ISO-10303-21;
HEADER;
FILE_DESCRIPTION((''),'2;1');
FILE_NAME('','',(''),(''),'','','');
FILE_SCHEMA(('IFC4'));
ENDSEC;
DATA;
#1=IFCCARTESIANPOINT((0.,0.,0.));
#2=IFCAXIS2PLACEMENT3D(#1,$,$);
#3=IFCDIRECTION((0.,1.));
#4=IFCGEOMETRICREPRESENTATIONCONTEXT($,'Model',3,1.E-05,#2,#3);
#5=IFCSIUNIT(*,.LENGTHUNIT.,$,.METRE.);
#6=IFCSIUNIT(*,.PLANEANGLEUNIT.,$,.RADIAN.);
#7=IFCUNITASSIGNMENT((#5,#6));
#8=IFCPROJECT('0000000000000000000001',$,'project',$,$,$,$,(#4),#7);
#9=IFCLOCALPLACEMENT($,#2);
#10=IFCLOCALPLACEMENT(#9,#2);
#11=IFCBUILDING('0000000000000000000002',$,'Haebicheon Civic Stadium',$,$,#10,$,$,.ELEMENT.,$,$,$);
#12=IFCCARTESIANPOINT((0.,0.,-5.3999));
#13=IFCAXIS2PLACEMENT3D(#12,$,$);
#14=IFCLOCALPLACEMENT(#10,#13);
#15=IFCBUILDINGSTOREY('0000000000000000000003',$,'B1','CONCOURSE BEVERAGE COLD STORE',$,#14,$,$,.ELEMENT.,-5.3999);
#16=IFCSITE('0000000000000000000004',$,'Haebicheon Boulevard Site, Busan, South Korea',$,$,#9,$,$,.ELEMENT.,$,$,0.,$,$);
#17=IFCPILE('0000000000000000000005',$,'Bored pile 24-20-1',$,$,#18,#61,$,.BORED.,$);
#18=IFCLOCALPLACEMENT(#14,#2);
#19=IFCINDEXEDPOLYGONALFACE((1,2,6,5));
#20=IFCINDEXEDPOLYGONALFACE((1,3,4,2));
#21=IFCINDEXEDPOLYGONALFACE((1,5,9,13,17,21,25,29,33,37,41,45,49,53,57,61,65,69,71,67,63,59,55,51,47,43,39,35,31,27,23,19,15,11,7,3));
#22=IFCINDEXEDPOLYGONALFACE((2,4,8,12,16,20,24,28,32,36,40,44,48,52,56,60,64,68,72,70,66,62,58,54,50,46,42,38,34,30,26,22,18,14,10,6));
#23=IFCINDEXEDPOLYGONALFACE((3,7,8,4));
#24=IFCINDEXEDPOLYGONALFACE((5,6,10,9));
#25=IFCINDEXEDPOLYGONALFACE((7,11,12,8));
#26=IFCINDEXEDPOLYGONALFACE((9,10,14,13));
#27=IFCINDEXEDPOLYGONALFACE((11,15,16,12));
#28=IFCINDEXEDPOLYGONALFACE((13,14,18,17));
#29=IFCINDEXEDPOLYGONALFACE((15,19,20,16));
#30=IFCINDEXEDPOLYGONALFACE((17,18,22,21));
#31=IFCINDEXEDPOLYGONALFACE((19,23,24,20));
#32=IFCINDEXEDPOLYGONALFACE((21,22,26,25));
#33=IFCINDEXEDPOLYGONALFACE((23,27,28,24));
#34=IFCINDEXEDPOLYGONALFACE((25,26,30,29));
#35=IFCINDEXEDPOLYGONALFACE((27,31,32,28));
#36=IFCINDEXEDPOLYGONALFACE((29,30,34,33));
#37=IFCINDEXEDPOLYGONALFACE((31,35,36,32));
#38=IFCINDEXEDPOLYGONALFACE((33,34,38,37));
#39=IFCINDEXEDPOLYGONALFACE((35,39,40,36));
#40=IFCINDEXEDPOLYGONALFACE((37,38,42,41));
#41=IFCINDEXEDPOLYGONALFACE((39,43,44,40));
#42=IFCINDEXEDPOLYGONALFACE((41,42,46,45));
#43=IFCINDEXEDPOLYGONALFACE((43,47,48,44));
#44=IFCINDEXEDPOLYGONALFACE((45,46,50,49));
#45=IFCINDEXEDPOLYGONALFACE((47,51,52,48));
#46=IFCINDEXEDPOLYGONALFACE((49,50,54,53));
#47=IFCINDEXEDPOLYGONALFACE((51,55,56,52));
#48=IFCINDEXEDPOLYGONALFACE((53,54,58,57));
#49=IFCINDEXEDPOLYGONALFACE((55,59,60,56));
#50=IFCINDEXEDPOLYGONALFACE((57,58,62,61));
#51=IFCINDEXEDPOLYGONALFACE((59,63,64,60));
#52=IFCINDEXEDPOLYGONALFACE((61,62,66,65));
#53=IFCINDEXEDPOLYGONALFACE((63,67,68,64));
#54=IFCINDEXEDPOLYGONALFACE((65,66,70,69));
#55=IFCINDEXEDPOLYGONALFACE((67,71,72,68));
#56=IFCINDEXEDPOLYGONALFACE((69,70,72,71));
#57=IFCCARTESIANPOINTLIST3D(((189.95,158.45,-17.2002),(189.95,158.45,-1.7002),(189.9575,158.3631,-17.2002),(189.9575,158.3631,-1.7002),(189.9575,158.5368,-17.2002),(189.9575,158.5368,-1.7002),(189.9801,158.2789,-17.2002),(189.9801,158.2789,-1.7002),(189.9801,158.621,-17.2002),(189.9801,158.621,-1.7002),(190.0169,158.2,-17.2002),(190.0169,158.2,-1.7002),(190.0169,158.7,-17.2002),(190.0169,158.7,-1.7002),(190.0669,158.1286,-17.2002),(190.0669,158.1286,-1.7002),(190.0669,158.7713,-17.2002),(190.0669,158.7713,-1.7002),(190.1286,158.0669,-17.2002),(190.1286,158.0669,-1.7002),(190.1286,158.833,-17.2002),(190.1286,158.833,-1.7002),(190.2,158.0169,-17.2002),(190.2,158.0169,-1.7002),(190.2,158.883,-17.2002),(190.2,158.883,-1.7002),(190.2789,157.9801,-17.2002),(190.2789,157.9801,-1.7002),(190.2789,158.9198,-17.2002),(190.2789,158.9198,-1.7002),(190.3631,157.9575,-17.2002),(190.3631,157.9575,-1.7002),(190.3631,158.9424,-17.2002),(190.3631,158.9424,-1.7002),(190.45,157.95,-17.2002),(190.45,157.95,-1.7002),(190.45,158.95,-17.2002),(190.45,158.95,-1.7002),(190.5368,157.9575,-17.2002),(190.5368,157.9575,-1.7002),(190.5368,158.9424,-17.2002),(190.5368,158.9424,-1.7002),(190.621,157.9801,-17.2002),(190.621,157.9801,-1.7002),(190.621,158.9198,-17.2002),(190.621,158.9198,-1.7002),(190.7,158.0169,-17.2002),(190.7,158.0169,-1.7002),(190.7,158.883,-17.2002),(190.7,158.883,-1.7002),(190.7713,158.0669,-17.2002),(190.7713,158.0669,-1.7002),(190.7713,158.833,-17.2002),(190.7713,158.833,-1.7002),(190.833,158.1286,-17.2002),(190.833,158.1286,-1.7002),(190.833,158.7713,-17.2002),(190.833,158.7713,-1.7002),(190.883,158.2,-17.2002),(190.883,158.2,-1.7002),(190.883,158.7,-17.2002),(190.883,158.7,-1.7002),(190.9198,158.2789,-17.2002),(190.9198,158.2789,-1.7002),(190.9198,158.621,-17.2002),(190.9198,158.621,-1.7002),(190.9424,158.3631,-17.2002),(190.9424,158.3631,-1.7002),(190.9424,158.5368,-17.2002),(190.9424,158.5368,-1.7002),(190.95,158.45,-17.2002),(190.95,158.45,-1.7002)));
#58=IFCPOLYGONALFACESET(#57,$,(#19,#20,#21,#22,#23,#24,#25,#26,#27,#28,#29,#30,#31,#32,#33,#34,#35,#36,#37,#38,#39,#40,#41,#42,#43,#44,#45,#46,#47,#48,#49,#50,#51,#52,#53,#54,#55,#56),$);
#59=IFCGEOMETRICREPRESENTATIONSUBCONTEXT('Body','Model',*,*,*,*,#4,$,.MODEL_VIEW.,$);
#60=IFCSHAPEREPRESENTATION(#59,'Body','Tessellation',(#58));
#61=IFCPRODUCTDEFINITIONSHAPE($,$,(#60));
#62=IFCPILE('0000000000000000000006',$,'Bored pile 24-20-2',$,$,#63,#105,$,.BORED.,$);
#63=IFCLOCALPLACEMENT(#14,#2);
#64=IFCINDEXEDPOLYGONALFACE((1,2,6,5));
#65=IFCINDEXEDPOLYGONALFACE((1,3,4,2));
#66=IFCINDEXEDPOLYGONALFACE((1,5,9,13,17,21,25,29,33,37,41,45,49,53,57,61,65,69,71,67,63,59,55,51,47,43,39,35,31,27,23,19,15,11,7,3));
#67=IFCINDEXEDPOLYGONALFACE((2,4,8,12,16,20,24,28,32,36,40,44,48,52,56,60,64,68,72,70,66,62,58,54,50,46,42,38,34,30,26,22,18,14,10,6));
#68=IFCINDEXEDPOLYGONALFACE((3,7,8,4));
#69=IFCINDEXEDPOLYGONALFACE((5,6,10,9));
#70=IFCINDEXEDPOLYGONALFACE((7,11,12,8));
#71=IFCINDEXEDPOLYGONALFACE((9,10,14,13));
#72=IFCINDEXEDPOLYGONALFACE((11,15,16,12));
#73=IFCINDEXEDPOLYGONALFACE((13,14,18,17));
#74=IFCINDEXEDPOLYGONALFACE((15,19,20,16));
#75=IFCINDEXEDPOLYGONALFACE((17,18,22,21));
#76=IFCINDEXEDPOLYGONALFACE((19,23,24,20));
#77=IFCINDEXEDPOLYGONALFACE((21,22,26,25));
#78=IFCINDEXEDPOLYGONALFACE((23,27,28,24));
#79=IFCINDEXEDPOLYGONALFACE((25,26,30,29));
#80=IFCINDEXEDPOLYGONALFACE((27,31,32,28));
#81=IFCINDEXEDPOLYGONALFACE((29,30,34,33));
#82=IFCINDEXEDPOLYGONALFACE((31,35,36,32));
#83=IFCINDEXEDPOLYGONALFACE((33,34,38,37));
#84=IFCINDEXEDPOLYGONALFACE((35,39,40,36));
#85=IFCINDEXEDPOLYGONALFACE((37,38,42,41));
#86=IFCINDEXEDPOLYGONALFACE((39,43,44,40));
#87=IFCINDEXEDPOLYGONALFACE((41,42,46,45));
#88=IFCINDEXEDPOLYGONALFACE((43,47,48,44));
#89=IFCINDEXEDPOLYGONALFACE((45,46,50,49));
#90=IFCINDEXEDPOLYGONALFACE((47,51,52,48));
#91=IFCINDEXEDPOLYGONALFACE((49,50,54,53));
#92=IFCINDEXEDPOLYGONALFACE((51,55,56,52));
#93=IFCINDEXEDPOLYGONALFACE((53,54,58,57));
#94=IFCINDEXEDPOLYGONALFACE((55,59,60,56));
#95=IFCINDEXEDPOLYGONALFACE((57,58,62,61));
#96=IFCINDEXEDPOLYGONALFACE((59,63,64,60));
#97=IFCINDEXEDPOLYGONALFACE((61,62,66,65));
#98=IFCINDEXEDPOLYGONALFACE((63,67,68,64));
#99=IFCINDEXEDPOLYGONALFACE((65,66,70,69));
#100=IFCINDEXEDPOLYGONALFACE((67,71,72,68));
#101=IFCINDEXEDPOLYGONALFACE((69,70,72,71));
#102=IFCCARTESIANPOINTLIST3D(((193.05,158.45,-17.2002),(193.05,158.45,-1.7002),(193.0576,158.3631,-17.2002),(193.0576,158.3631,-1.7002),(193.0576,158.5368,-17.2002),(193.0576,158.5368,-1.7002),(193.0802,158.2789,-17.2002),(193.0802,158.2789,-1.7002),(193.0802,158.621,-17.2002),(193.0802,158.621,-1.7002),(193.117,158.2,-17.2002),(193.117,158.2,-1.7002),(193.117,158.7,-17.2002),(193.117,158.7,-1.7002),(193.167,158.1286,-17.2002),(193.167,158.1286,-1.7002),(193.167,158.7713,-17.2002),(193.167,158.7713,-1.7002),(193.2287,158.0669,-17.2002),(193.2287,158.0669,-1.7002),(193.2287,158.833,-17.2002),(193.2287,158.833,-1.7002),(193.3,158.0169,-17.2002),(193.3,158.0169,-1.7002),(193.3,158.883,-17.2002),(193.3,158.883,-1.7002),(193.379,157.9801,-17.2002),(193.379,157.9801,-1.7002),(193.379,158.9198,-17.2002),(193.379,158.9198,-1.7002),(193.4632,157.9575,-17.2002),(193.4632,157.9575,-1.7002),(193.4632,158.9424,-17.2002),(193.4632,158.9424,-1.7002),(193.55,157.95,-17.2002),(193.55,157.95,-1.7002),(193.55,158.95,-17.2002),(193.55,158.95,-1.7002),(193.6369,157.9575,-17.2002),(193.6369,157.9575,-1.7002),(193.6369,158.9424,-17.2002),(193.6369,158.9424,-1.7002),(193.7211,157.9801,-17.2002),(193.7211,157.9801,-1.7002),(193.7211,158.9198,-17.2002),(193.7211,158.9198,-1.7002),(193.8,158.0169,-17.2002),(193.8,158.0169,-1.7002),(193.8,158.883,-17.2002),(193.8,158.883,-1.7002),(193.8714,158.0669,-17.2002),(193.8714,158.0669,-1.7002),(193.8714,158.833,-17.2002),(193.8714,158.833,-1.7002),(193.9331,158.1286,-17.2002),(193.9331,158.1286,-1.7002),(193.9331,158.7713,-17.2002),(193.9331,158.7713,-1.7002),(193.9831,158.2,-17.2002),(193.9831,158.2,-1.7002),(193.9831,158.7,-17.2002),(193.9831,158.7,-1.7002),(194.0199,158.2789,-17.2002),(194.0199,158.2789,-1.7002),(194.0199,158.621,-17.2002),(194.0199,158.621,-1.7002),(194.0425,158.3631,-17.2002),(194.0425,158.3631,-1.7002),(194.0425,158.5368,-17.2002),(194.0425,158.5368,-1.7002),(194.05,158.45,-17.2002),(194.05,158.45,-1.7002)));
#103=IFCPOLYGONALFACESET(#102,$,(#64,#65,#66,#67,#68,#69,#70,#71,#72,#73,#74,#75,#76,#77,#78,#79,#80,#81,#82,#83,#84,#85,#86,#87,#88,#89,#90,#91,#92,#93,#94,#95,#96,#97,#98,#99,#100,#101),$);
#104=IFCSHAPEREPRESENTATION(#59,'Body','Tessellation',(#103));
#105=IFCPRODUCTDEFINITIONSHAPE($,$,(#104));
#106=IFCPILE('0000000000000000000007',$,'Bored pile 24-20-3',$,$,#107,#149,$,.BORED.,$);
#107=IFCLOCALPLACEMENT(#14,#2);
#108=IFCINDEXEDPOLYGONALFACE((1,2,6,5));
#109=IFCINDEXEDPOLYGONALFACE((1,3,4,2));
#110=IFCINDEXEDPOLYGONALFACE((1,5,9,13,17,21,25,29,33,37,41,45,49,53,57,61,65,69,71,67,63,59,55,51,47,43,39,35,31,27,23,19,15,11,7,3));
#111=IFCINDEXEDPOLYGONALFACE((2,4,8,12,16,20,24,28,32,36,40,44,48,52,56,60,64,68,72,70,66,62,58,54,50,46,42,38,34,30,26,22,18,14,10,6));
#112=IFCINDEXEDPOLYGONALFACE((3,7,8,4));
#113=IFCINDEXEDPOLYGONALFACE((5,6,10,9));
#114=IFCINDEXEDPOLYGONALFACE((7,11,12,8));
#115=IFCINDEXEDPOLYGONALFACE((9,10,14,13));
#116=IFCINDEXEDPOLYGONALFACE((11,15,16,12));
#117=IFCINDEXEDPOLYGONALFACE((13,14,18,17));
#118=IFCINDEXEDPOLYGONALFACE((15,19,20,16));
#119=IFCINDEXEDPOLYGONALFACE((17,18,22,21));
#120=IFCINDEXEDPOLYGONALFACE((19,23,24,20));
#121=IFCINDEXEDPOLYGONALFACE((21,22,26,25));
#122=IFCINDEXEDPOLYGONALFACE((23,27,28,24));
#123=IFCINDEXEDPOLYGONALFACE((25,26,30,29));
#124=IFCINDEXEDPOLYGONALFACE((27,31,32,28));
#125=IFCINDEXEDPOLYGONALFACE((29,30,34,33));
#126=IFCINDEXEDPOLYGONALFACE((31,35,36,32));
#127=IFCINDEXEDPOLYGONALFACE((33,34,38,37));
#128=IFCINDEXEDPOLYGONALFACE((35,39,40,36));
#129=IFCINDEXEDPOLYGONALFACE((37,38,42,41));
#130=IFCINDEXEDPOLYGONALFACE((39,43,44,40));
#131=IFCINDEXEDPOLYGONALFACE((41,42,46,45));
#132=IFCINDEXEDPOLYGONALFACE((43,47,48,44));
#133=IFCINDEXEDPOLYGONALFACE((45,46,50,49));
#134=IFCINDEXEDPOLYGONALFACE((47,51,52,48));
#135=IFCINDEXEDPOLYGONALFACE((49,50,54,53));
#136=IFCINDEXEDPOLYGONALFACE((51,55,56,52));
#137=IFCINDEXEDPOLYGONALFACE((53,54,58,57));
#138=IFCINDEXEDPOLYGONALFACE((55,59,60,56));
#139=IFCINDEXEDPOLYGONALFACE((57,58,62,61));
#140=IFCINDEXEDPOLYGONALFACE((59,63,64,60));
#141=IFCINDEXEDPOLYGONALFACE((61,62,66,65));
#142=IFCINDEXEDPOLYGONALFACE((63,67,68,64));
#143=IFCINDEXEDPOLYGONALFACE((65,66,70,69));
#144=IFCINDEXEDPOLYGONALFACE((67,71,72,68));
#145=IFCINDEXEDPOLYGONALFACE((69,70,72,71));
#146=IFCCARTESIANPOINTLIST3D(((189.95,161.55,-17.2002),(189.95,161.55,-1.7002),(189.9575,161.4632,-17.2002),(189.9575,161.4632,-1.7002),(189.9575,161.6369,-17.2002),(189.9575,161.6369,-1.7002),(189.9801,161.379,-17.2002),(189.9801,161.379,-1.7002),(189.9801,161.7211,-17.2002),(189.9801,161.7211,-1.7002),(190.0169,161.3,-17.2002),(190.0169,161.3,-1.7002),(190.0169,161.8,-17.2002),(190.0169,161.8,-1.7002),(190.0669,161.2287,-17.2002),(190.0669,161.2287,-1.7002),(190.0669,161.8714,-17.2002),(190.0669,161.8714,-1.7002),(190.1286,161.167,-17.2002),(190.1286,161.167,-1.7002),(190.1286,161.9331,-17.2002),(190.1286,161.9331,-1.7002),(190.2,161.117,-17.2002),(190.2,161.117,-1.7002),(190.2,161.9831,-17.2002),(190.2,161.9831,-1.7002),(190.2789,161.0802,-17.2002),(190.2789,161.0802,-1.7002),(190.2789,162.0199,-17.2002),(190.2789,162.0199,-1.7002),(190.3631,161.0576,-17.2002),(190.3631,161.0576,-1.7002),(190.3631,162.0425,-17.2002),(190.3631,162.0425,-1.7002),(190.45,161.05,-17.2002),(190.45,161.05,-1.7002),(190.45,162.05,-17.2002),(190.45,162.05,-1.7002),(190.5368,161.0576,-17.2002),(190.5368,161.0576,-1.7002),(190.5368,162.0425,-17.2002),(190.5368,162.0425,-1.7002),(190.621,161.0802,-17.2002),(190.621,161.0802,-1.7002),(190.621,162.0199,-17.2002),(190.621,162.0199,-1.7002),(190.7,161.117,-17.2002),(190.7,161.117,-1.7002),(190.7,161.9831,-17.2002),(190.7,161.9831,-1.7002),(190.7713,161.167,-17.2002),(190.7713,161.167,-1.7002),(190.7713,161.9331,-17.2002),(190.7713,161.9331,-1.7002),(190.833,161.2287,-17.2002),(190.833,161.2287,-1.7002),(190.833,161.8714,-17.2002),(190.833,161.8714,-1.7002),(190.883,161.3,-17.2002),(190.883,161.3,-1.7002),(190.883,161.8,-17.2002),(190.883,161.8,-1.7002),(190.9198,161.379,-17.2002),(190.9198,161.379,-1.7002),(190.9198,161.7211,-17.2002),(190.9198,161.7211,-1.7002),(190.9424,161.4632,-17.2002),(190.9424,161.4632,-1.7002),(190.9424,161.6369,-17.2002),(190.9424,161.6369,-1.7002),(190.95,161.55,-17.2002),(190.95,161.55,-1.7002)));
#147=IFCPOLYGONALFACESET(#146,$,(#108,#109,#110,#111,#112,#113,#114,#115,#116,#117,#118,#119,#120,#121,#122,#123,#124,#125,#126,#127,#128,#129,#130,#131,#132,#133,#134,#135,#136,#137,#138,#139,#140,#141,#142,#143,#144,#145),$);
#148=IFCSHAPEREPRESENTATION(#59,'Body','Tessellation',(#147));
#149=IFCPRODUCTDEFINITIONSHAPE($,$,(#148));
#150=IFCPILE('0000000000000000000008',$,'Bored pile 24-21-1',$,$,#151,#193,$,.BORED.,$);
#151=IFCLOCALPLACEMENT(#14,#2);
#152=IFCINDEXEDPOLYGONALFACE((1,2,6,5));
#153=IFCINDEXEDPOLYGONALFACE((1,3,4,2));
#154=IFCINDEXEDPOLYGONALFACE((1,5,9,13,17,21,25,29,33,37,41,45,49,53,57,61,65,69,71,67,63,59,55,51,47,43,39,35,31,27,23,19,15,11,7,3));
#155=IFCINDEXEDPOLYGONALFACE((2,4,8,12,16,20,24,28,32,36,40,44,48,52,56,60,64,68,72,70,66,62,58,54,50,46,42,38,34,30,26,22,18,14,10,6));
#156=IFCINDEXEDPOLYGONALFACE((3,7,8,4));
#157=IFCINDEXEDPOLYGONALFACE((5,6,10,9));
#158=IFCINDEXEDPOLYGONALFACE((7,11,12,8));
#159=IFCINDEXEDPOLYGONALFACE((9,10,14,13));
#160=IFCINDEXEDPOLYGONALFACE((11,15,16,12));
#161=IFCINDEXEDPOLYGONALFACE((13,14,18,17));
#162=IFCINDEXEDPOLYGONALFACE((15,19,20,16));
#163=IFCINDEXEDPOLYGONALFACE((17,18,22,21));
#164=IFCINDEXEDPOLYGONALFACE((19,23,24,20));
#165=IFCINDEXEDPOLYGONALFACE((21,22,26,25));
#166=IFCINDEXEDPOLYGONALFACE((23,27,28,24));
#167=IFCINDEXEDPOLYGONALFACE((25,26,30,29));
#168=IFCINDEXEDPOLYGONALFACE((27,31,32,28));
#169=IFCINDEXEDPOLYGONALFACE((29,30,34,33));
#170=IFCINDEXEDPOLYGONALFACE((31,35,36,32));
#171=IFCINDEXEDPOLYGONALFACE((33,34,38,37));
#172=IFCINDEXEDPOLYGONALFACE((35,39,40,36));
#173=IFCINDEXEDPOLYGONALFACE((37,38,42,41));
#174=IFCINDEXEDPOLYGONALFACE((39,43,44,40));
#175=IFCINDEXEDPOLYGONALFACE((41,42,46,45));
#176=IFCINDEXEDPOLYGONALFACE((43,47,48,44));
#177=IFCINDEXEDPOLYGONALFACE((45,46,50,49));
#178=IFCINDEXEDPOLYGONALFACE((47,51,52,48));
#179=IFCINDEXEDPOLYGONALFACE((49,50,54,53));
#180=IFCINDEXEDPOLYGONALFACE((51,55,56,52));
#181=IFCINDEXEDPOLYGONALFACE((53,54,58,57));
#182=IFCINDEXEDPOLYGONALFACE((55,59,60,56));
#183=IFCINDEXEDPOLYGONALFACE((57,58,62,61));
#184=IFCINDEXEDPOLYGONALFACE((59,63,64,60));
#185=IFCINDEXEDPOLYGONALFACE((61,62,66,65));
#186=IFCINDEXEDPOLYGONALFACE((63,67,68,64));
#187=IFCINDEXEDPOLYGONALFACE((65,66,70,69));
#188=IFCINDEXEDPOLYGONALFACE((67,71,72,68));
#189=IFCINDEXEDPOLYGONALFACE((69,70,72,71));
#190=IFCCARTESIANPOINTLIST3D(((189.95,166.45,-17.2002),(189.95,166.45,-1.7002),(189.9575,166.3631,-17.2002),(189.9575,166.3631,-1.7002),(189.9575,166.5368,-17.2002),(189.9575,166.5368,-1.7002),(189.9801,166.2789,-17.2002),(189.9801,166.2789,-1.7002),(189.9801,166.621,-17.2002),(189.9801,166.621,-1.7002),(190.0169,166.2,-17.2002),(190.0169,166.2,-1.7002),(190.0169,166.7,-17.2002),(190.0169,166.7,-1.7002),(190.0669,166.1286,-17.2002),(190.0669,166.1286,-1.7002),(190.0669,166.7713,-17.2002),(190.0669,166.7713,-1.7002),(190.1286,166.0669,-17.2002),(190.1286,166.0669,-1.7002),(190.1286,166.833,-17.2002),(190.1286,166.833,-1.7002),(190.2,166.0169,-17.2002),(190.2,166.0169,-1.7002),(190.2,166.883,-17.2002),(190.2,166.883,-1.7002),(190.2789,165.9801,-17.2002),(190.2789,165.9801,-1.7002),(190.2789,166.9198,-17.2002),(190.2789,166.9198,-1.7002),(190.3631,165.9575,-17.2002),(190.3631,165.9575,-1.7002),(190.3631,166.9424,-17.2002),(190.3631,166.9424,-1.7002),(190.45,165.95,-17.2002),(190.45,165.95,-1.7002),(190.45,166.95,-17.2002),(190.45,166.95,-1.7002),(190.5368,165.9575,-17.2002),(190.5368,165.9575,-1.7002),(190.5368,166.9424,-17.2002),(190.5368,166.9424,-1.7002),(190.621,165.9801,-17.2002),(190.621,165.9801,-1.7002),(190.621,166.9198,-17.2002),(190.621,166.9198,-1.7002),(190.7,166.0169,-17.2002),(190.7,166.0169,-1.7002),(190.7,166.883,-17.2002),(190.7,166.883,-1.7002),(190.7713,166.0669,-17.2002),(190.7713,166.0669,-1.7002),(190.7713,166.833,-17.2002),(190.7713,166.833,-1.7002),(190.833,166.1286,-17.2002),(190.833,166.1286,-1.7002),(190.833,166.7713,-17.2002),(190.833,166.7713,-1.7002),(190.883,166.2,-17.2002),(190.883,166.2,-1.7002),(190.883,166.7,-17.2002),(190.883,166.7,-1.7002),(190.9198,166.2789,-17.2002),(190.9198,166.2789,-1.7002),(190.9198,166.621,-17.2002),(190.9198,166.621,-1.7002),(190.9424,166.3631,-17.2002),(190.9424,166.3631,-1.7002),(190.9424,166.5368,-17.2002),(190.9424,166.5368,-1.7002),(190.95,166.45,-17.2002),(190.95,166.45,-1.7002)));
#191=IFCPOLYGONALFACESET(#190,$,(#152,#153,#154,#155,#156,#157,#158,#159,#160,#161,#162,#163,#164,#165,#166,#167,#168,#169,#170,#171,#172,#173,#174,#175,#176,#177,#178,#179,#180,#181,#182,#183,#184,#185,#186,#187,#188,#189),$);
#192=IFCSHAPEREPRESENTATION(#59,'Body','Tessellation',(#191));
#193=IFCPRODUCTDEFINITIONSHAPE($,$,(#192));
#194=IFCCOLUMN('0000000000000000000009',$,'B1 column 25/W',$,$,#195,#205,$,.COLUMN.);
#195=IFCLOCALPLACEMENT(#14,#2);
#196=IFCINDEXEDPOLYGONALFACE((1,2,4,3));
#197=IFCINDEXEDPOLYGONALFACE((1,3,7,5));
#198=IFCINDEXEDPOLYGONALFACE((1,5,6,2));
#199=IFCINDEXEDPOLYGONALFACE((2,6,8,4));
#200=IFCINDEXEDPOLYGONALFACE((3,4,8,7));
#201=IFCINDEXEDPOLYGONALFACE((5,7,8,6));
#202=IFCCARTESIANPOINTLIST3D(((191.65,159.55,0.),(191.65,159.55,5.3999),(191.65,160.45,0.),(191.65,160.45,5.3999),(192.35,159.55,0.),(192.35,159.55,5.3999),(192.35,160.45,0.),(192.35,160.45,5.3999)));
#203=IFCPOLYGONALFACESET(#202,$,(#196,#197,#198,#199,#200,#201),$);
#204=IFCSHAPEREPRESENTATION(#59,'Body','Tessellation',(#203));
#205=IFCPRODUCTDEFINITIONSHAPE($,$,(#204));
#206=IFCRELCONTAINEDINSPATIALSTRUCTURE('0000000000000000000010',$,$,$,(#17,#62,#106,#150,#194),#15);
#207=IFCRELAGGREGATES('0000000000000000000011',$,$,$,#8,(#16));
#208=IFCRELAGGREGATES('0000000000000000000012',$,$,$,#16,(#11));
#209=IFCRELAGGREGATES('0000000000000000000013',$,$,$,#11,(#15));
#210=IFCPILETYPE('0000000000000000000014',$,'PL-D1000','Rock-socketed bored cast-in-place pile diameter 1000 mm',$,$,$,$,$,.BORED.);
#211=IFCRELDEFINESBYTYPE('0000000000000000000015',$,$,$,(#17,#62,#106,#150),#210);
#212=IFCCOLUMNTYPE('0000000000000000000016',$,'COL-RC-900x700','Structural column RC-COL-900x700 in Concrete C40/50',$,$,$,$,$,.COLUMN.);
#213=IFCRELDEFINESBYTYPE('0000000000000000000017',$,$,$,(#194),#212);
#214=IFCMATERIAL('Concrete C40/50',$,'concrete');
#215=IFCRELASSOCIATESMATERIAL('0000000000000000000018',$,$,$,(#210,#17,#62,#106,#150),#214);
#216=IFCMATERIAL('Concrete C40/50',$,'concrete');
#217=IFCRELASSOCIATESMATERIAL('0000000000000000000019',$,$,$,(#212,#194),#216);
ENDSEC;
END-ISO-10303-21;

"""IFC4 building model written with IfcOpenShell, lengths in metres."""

from ifc_helpers import new_model, si_unit, direction, frame, origin, origin_2d, place, context, subcontext, project, spatial, rectangle, circle, extrude, material, material_profile, profile_set, type_object, element, save


model = new_model("IFC4")

# Units and contexts
model_context = context("Model", 3, precision=1e-05, world=origin(), true_north=direction((0.0, 1.0)))
body_context = subcontext(model_context, "Body", "Model", "MODEL_VIEW")
ifc_project = project(units=[si_unit("LENGTHUNIT", "METRE"), si_unit("PLANEANGLEUNIT", "RADIAN")], contexts=[model_context])

# Site, building, storey
site_placement = place(None, origin())
site = spatial("IfcSite", under=ifc_project, at=site_placement, Name="Haebicheon Boulevard Site, Busan, South Korea", CompositionType="ELEMENT", RefElevation=0.0)
building_placement = place(site_placement, origin())
building = spatial("IfcBuilding", under=site, at=building_placement, Name="Haebicheon Civic Stadium", CompositionType="ELEMENT")
storey_placement = place(building_placement, frame((0.0, 0.0, -5.3999)))
storey = spatial("IfcBuildingStorey", under=building, at=storey_placement, Name="B1", Description="CONCOURSE BEVERAGE COLD STORE", CompositionType="ELEMENT", Elevation=-5.3999)

# Piles
ifc_material_1 = material(Name="Concrete C40/50", Category="concrete")
ifc_material_profile_1 = material_profile(ifc_material_1, circle(Radius=0.5, at=origin_2d()), Name="PILE-D1000")
ifc_profile_set_1 = profile_set([ifc_material_profile_1], Name="Concrete C40/50")
pile_type = type_object("IfcPileType", Name="PL-D1000", Description="Rock-socketed bored cast-in-place pile diameter 1000 mm", PredefinedType="BORED", material=ifc_profile_set_1)
for number, where, z_axis, x_axis, name in (
    (1, (190.45, 158.45, -1.7002), (0.0, 0.0, -1.0), (1.0, 0.0, 0.0), "Bored pile 24-20-1"),
    (2, (193.55, 158.45, -1.7002), (0.0, 0.0, -1.0), (1.0, 0.0, 0.0), "Bored pile 24-20-2"),
    (3, (190.45, 161.55, -1.7002), (0.0, 0.0, -1.0), (1.0, 0.0, 0.0), "Bored pile 24-20-3"),
    (4, (190.45, 166.45, -1.7002), (0.0, 0.0, -1.0), (1.0, 0.0, 0.0), "Bored pile 24-21-1"),
):
    element("IfcPile", number, at=place(storey_placement, frame(where, z_axis=z_axis, x_axis=x_axis)), inside=storey, type_object=pile_type, material=ifc_profile_set_1, Name=name, PredefinedType="BORED", context=body_context, shape_type="SweptSolid", body=[
        extrude(circle(Radius=0.5, at=origin_2d()), origin(), (0.0, 0.0, 1.0), 15.5),
    ])

# Column
ifc_material_2 = material(Name="Concrete C40/50", Category="concrete")
ifc_material_profile_2 = material_profile(ifc_material_2, rectangle(XDim=0.7, YDim=0.8999, at=origin_2d()), Name="RC-COL-900x700")
ifc_profile_set_2 = profile_set([ifc_material_profile_2], Name="Concrete C40/50")
column_type = type_object("IfcColumnType", Name="COL-RC-900x700", Description="Structural column RC-COL-900x700 in Concrete C40/50", PredefinedType="COLUMN", material=ifc_profile_set_2)
column_placement = place(storey_placement, frame((192.0, 160.0, 0.0), z_axis=(0.0, 0.0, 1.0), x_axis=(1.0, 0.0, 0.0)))
element("IfcColumn", 5, at=column_placement, inside=storey, type_object=column_type, material=ifc_profile_set_2, Name="B1 column 25/W", PredefinedType="COLUMN", context=body_context, shape_type="SweptSolid", body=[
    extrude(rectangle(XDim=0.7, YDim=0.8999, at=origin_2d()), origin(), (0.0, 0.0, 1.0), 5.3999),
])

save(model, "model.ifc")
